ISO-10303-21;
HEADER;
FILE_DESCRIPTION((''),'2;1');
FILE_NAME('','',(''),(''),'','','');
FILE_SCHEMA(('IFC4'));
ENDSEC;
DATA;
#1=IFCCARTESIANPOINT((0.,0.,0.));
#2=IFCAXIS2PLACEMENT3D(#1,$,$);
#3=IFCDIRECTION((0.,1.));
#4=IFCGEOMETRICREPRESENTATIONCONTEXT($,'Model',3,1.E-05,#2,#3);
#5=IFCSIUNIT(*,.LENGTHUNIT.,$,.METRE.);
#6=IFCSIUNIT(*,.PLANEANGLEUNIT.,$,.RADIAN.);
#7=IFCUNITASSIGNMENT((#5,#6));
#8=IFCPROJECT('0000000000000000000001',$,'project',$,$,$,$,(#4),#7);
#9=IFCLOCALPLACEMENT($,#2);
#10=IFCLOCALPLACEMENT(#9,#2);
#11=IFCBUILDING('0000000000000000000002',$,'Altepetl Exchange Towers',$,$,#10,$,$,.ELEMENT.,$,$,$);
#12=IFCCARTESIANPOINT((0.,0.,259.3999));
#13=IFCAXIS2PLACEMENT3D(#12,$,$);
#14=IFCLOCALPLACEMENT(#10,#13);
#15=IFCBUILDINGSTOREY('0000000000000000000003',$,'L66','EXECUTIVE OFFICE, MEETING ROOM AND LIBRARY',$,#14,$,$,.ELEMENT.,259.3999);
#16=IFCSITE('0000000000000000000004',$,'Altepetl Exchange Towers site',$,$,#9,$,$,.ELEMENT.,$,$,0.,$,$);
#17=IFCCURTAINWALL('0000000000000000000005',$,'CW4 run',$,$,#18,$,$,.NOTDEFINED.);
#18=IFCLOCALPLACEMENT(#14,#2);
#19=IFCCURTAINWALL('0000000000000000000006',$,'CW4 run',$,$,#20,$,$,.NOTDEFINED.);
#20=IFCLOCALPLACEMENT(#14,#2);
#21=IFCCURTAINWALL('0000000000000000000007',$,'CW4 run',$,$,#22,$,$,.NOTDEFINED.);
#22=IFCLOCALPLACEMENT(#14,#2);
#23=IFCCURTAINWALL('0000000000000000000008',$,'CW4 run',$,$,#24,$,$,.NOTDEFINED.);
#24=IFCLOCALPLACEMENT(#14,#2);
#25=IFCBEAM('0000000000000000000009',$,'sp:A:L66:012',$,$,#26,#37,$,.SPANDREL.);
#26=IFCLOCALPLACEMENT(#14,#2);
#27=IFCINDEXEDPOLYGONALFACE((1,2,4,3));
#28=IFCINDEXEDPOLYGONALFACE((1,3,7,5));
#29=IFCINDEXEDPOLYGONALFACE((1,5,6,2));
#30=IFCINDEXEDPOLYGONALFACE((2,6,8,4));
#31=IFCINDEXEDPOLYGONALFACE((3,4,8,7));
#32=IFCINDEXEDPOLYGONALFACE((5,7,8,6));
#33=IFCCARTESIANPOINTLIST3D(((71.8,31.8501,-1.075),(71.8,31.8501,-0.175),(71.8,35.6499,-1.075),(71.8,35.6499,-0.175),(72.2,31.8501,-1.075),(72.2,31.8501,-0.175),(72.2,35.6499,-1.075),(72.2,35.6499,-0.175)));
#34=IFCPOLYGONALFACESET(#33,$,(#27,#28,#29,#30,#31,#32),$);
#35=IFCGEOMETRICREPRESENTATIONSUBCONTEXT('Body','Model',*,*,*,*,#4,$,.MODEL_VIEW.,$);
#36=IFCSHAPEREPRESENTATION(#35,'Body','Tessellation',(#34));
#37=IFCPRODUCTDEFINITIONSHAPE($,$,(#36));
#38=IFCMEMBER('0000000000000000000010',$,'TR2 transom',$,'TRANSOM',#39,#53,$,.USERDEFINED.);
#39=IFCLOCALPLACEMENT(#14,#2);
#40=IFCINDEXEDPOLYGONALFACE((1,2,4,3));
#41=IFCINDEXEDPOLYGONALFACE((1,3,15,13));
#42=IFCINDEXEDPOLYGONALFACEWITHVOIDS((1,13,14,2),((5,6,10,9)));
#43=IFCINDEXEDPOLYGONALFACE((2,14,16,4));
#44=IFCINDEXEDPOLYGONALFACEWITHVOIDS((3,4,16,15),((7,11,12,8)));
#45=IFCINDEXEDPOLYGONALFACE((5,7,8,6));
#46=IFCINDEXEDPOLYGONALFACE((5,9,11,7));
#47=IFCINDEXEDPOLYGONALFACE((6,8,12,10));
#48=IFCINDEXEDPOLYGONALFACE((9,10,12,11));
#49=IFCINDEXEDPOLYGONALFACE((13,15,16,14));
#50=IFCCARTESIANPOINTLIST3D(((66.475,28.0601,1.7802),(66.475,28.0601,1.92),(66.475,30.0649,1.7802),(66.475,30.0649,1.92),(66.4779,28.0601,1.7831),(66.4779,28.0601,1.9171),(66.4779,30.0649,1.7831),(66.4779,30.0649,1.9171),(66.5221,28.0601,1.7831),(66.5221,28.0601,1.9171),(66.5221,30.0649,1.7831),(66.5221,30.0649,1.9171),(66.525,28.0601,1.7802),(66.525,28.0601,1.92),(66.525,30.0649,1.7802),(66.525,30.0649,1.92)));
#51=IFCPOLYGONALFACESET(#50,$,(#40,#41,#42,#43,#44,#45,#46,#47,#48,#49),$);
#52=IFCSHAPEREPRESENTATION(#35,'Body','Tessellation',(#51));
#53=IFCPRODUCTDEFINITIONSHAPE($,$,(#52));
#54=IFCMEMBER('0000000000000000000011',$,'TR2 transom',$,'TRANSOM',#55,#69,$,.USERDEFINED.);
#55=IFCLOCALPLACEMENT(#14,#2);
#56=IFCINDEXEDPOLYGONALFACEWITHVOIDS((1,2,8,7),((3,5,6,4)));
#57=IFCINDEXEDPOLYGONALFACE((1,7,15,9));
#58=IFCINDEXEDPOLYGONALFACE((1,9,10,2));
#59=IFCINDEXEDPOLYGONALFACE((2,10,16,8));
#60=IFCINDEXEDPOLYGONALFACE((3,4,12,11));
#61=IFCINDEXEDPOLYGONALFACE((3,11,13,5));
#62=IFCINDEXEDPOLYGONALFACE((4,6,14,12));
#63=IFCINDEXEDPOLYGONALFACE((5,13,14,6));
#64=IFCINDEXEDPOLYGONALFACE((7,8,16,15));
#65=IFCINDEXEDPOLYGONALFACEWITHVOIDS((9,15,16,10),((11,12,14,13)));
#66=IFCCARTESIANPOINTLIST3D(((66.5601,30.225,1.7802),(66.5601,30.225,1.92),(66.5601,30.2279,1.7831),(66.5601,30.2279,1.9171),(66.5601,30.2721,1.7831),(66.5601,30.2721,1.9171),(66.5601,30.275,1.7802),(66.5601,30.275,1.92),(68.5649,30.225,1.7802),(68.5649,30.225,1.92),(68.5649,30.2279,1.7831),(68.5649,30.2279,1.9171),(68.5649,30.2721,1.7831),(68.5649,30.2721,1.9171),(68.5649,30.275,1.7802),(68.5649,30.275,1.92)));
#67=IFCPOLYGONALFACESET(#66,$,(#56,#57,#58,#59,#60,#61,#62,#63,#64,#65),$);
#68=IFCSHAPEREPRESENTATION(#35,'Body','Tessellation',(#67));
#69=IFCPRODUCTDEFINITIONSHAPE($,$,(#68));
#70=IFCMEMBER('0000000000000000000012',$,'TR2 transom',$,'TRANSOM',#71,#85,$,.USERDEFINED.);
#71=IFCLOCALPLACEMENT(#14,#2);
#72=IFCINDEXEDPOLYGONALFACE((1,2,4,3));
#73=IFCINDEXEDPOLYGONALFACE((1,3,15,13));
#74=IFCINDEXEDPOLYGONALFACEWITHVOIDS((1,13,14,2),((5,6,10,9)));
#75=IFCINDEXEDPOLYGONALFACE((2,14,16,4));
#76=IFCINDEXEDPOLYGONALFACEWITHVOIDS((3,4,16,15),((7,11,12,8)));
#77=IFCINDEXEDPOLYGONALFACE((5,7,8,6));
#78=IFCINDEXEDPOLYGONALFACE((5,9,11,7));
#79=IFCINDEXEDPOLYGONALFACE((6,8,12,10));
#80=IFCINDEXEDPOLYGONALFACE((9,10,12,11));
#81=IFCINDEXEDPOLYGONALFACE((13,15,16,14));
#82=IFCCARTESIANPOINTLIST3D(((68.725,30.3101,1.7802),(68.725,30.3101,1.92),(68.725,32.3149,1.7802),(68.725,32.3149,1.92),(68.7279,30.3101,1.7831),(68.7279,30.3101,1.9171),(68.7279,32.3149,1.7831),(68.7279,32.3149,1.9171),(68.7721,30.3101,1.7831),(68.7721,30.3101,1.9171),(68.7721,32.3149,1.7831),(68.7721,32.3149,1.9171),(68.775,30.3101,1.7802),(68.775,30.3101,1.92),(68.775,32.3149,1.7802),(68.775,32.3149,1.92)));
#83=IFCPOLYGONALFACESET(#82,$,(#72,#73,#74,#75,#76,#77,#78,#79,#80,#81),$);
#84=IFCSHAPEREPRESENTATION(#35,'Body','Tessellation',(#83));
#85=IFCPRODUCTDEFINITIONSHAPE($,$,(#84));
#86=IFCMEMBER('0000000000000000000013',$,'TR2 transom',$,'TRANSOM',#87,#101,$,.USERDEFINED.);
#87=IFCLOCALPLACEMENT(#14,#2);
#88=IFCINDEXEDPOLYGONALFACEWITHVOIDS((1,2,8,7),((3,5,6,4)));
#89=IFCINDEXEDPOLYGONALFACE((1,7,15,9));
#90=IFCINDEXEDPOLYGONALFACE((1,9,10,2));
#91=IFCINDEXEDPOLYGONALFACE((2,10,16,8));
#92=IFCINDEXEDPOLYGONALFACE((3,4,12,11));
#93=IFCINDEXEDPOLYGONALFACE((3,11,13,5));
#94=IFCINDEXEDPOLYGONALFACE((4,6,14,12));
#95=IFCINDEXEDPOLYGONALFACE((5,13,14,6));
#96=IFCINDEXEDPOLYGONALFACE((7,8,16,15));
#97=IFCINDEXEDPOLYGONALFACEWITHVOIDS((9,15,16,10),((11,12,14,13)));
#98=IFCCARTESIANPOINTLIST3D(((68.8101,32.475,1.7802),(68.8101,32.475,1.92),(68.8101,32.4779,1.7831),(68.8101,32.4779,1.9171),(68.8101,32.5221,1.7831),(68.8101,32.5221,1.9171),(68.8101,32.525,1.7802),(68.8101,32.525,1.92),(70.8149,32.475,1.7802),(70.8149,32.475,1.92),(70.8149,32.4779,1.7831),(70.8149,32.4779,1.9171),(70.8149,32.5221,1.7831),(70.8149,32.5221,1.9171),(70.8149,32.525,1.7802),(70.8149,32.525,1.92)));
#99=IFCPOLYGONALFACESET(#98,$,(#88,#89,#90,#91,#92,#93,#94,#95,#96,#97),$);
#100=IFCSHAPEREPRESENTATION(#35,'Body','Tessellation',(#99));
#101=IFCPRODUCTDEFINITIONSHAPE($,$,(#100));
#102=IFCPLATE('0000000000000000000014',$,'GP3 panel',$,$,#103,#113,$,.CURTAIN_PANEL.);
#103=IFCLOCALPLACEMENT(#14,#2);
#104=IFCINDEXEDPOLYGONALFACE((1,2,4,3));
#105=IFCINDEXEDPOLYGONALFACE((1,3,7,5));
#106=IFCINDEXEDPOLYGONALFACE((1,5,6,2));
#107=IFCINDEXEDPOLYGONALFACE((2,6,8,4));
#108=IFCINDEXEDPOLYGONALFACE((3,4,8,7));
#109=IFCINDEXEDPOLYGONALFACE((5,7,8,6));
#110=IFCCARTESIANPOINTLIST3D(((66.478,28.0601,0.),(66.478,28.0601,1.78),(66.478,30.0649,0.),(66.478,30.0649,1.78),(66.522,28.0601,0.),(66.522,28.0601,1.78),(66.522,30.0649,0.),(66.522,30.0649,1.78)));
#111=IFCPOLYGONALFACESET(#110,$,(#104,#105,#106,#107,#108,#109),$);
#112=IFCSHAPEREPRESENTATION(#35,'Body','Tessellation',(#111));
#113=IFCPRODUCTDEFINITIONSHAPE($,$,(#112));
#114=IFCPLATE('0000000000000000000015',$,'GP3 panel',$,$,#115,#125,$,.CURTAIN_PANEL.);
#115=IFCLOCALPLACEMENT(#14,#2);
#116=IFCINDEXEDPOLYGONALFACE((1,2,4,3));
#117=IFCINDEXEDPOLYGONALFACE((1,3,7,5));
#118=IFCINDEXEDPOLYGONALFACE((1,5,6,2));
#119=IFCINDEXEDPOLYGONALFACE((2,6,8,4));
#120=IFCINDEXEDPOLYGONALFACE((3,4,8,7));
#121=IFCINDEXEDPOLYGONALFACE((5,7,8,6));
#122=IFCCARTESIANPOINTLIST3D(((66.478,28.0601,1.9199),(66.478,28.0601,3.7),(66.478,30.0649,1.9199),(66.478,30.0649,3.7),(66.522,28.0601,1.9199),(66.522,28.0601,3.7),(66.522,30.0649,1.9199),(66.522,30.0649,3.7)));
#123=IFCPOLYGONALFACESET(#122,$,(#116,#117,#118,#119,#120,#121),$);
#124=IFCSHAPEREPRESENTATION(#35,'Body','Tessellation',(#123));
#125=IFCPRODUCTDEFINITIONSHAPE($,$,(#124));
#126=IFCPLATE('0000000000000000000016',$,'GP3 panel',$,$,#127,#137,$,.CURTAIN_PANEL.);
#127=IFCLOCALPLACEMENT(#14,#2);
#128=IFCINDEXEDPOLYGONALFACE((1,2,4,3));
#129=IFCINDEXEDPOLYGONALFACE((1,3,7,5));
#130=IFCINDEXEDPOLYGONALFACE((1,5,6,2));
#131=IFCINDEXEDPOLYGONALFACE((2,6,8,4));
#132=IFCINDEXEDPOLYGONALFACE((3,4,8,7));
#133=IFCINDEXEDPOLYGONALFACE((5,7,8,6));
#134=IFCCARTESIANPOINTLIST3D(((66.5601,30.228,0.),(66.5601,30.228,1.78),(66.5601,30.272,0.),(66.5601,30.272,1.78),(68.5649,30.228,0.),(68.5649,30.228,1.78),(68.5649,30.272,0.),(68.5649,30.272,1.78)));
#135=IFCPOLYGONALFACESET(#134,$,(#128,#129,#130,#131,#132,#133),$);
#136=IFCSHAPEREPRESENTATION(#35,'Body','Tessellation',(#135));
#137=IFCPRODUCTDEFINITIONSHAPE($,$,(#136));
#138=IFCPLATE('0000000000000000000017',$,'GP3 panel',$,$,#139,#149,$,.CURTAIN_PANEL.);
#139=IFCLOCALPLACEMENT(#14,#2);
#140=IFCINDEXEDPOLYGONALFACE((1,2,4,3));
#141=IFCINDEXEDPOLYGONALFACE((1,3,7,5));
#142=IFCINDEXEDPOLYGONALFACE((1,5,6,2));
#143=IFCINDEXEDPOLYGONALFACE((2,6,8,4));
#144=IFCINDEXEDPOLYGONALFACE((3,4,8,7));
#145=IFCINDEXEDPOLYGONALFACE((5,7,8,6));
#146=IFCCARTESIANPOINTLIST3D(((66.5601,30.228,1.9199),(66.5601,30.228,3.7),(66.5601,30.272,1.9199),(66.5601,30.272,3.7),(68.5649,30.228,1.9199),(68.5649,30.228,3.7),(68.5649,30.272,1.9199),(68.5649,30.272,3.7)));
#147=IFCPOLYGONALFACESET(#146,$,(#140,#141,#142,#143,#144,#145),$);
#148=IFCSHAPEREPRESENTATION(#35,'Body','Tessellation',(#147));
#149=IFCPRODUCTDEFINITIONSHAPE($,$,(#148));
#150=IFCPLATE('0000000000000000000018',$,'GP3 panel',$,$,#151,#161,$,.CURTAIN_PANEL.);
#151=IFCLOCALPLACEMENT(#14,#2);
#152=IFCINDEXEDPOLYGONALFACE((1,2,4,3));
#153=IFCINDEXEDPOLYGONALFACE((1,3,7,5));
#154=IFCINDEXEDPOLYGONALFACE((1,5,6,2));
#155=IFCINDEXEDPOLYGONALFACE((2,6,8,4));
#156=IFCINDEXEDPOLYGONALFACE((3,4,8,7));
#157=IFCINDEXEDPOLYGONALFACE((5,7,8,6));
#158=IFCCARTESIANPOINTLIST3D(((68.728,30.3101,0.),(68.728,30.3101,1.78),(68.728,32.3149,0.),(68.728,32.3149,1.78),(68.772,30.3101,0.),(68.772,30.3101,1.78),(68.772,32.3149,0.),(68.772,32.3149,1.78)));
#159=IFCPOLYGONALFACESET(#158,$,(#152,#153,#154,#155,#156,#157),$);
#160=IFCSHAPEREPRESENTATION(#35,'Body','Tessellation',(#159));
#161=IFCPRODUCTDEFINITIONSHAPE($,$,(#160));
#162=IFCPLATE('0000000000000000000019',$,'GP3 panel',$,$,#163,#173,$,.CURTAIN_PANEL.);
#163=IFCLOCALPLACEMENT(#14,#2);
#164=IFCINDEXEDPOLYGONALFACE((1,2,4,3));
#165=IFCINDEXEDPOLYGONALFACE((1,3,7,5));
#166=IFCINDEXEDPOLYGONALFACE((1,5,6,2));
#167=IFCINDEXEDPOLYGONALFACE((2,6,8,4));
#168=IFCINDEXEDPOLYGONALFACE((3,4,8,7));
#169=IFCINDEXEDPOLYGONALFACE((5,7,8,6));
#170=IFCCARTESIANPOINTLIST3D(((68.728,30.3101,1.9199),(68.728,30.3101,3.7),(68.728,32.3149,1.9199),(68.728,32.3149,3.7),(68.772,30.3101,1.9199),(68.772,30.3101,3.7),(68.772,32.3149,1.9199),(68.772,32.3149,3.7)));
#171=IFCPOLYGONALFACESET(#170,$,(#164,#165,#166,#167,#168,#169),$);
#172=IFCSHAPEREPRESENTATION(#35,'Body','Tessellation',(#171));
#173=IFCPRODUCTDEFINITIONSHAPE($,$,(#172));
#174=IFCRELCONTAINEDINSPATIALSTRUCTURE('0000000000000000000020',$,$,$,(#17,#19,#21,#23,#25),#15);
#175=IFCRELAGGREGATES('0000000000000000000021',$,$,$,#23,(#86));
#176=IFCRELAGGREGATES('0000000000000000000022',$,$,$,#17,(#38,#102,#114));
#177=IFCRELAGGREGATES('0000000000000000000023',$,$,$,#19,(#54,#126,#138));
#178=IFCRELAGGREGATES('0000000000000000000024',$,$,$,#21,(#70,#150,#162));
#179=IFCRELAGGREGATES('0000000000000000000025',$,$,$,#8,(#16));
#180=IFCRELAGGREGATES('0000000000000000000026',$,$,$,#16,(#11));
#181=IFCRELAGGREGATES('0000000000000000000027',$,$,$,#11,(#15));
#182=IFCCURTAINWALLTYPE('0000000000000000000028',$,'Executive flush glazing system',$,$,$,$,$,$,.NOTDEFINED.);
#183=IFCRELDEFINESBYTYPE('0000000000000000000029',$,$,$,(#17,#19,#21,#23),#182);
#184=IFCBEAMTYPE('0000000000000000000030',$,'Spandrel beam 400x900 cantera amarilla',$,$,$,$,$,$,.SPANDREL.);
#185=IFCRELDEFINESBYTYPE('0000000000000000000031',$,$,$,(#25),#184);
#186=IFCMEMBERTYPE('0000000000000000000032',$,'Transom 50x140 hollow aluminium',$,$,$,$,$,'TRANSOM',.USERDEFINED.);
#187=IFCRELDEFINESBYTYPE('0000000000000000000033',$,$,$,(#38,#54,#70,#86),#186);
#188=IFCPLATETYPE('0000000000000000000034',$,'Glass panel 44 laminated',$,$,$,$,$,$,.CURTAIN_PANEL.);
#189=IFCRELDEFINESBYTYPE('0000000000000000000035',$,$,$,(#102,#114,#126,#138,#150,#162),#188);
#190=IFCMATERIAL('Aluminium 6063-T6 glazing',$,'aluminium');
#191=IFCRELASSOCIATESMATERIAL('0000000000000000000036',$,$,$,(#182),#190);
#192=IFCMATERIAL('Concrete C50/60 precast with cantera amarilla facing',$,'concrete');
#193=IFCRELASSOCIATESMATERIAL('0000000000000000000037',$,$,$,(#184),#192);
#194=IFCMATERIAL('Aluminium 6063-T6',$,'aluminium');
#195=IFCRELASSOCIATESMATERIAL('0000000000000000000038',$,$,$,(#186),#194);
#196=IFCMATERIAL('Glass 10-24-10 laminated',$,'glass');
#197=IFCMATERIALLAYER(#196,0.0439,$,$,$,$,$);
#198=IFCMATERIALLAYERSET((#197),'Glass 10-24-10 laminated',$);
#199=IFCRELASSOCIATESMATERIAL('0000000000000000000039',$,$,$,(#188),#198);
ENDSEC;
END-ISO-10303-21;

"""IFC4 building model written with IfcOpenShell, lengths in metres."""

from ifc_helpers import new_model, si_unit, direction, frame, origin, origin_2d, place, context, subcontext, project, spatial, rectangle, hollow_rectangle, extrude, material, layer, layer_set, material_profile, profile_set, type_object, element, aggregate, save


model = new_model("IFC4")

# Units and contexts
model_context = context("Model", 3, precision=1e-05, world=origin(), true_north=direction((0.0, 1.0)))
body_context = subcontext(model_context, "Body", "Model", "MODEL_VIEW")
ifc_project = project(units=[si_unit("LENGTHUNIT", "METRE"), si_unit("PLANEANGLEUNIT", "RADIAN")], contexts=[model_context])

# Site, building, storey
site_placement = place(None, origin())
site = spatial("IfcSite", under=ifc_project, at=site_placement, Name="Altepetl Exchange Towers site", CompositionType="ELEMENT", RefElevation=0.0)
building_placement = place(site_placement, origin())
building = spatial("IfcBuilding", under=site, at=building_placement, Name="Altepetl Exchange Towers", CompositionType="ELEMENT")
storey_placement = place(building_placement, frame((0.0, 0.0, 259.3999)))
storey = spatial("IfcBuildingStorey", under=building, at=storey_placement, Name="L66", Description="EXECUTIVE OFFICE, MEETING ROOM AND LIBRARY", CompositionType="ELEMENT", Elevation=259.3999)

# Curtain wall
ifc_material_1 = material(Name="Aluminium 6063-T6 glazing", Category="aluminium")
curtain_wall_type = type_object("IfcCurtainWallType", Name="Executive flush glazing system", PredefinedType="NOTDEFINED", material=ifc_material_1)
curtain_wall_1_placement = place(storey_placement, origin())
curtain_wall_1 = element("IfcCurtainWall", 1, at=curtain_wall_1_placement, inside=storey, type_object=curtain_wall_type, Name="CW4 run", PredefinedType="NOTDEFINED")
ifc_material_2 = material(Name="Aluminium 6063-T6", Category="aluminium")

# Curtain walls
curtain_wall_2_placement = place(storey_placement, origin())
curtain_wall_2 = element("IfcCurtainWall", 2, at=curtain_wall_2_placement, inside=storey, type_object=curtain_wall_type, Name="CW4 run", PredefinedType="NOTDEFINED")
curtain_wall_3_placement = place(storey_placement, origin())
curtain_wall_3 = element("IfcCurtainWall", 3, at=curtain_wall_3_placement, inside=storey, type_object=curtain_wall_type, Name="CW4 run", PredefinedType="NOTDEFINED")

# Curtain wall
curtain_wall_4_placement = place(storey_placement, origin())
curtain_wall_4 = element("IfcCurtainWall", 4, at=curtain_wall_4_placement, inside=storey, type_object=curtain_wall_type, Name="CW4 run", PredefinedType="NOTDEFINED")

# Beam
ifc_material_3 = material(Name="Concrete C50/60 precast with cantera amarilla facing", Category="concrete")
ifc_material_profile_1 = material_profile(ifc_material_3, rectangle(XDim=0.3999, YDim=0.8999, at=origin_2d()), Name="400 x 900")
ifc_profile_set_1 = profile_set([ifc_material_profile_1], Name="Concrete C50/60 precast with cantera amarilla facing")
beam_type = type_object("IfcBeamType", Name="Spandrel beam 400x900 cantera amarilla", PredefinedType="SPANDREL", material=ifc_profile_set_1)
beam_1_placement = place(storey_placement, frame((72.0, 31.8501, -0.625), z_axis=(0.0, 1.0, 0.0), x_axis=(-1.0, 0.0, 0.0)))
element("IfcBeam", 5, at=beam_1_placement, inside=storey, type_object=beam_type, Name="sp:A:L66:012", PredefinedType="SPANDREL", context=body_context, shape_type="SweptSolid", body=[
    extrude(rectangle(XDim=0.3999, YDim=0.8999, at=origin_2d()), origin(), (0.0, 0.0, 1.0), 3.7998),
])

# Members
ifc_material_profile_2 = material_profile(ifc_material_2, hollow_rectangle(XDim=0.05, YDim=0.1399, WallThickness=0.0029, at=origin_2d()), Name="Transom 50x140 hollow aluminium")
ifc_profile_set_2 = profile_set([ifc_material_profile_2], Name="Aluminium 6063-T6")
member_type_1 = type_object("IfcMemberType", Name="Transom 50x140 hollow aluminium", ElementType="TRANSOM", PredefinedType="USERDEFINED", material=ifc_profile_set_2)
member_1_placement = place(storey_placement, frame((66.5, 28.0601, 1.8501), z_axis=(0.0, 1.0, 0.0), x_axis=(-1.0, 0.0, 0.0)))
member_1 = element("IfcMember", 6, at=member_1_placement, type_object=member_type_1, Name="TR2 transom", ObjectType="TRANSOM", PredefinedType="USERDEFINED", context=body_context, shape_type="SweptSolid", body=[
    extrude(hollow_rectangle(XDim=0.05, YDim=0.1399, WallThickness=0.0029, at=origin_2d()), origin(), (0.0, 0.0, 1.0), 2.0049),
])
member_2_placement = place(storey_placement, frame((66.5601, 30.25, 1.8501), z_axis=(1.0, 0.0, 0.0), x_axis=(0.0, 1.0, 0.0)))
member_2 = element("IfcMember", 7, at=member_2_placement, type_object=member_type_1, Name="TR2 transom", ObjectType="TRANSOM", PredefinedType="USERDEFINED", context=body_context, shape_type="SweptSolid", body=[
    extrude(hollow_rectangle(XDim=0.05, YDim=0.1399, WallThickness=0.0029, at=origin_2d()), origin(), (0.0, 0.0, 1.0), 2.0049),
])
member_3_placement = place(storey_placement, frame((68.75, 30.3101, 1.8501), z_axis=(0.0, 1.0, 0.0), x_axis=(-1.0, 0.0, 0.0)))
member_3 = element("IfcMember", 8, at=member_3_placement, type_object=member_type_1, Name="TR2 transom", ObjectType="TRANSOM", PredefinedType="USERDEFINED", context=body_context, shape_type="SweptSolid", body=[
    extrude(hollow_rectangle(XDim=0.05, YDim=0.1399, WallThickness=0.0029, at=origin_2d()), origin(), (0.0, 0.0, 1.0), 2.0049),
])
member_4_placement = place(storey_placement, frame((68.8101, 32.5, 1.8501), z_axis=(1.0, 0.0, 0.0), x_axis=(0.0, 1.0, 0.0)))
member_4 = element("IfcMember", 9, at=member_4_placement, type_object=member_type_1, Name="TR2 transom", ObjectType="TRANSOM", PredefinedType="USERDEFINED", context=body_context, shape_type="SweptSolid", body=[
    extrude(hollow_rectangle(XDim=0.05, YDim=0.1399, WallThickness=0.0029, at=origin_2d()), origin(), (0.0, 0.0, 1.0), 2.0049),
])
aggregate(curtain_wall_4, [member_4])

# Plates
ifc_material_4 = material(Name="Glass 10-24-10 laminated", Category="glass")
ifc_layer = layer(ifc_material_4, 0.0439)
ifc_layer_set = layer_set([ifc_layer], Name="Glass 10-24-10 laminated")
plate_type = type_object("IfcPlateType", Name="Glass panel 44 laminated", PredefinedType="CURTAIN_PANEL", material=ifc_layer_set)
plate_1_placement = place(storey_placement, frame((66.5, 29.0625, 0.0), z_axis=(0.0, 0.0, 1.0), x_axis=(0.0, 1.0, 0.0)))
plate_1 = element("IfcPlate", 10, at=plate_1_placement, type_object=plate_type, Name="GP3 panel", PredefinedType="CURTAIN_PANEL", context=body_context, shape_type="SweptSolid", body=[
    extrude(rectangle(XDim=2.0049, YDim=0.0439, at=origin_2d()), origin(), (0.0, 0.0, 1.0), 1.78),
])
plate_2_placement = place(storey_placement, frame((66.5, 29.0625, 1.9199), z_axis=(0.0, 0.0, 1.0), x_axis=(0.0, 1.0, 0.0)))
plate_2 = element("IfcPlate", 11, at=plate_2_placement, type_object=plate_type, Name="GP3 panel", PredefinedType="CURTAIN_PANEL", context=body_context, shape_type="SweptSolid", body=[
    extrude(rectangle(XDim=2.0049, YDim=0.0439, at=origin_2d()), origin(), (0.0, 0.0, 1.0), 1.78),
])
aggregate(curtain_wall_1, [member_1, plate_1, plate_2])
plate_3_placement = place(storey_placement, frame((67.5625, 30.25, 0.0)))
plate_3 = element("IfcPlate", 12, at=plate_3_placement, type_object=plate_type, Name="GP3 panel", PredefinedType="CURTAIN_PANEL", context=body_context, shape_type="SweptSolid", body=[
    extrude(rectangle(XDim=2.0049, YDim=0.0439, at=origin_2d()), origin(), (0.0, 0.0, 1.0), 1.78),
])
plate_4_placement = place(storey_placement, frame((67.5625, 30.25, 1.9199)))
plate_4 = element("IfcPlate", 13, at=plate_4_placement, type_object=plate_type, Name="GP3 panel", PredefinedType="CURTAIN_PANEL", context=body_context, shape_type="SweptSolid", body=[
    extrude(rectangle(XDim=2.0049, YDim=0.0439, at=origin_2d()), origin(), (0.0, 0.0, 1.0), 1.78),
])
aggregate(curtain_wall_2, [member_2, plate_3, plate_4])
plate_5_placement = place(storey_placement, frame((68.75, 31.3125, 0.0), z_axis=(0.0, 0.0, 1.0), x_axis=(0.0, 1.0, 0.0)))
plate_5 = element("IfcPlate", 14, at=plate_5_placement, type_object=plate_type, Name="GP3 panel", PredefinedType="CURTAIN_PANEL", context=body_context, shape_type="SweptSolid", body=[
    extrude(rectangle(XDim=2.0049, YDim=0.0439, at=origin_2d()), origin(), (0.0, 0.0, 1.0), 1.78),
])
plate_6_placement = place(storey_placement, frame((68.75, 31.3125, 1.9199), z_axis=(0.0, 0.0, 1.0), x_axis=(0.0, 1.0, 0.0)))
plate_6 = element("IfcPlate", 15, at=plate_6_placement, type_object=plate_type, Name="GP3 panel", PredefinedType="CURTAIN_PANEL", context=body_context, shape_type="SweptSolid", body=[
    extrude(rectangle(XDim=2.0049, YDim=0.0439, at=origin_2d()), origin(), (0.0, 0.0, 1.0), 1.78),
])
aggregate(curtain_wall_3, [member_3, plate_5, plate_6])

save(model, "model.ifc")
